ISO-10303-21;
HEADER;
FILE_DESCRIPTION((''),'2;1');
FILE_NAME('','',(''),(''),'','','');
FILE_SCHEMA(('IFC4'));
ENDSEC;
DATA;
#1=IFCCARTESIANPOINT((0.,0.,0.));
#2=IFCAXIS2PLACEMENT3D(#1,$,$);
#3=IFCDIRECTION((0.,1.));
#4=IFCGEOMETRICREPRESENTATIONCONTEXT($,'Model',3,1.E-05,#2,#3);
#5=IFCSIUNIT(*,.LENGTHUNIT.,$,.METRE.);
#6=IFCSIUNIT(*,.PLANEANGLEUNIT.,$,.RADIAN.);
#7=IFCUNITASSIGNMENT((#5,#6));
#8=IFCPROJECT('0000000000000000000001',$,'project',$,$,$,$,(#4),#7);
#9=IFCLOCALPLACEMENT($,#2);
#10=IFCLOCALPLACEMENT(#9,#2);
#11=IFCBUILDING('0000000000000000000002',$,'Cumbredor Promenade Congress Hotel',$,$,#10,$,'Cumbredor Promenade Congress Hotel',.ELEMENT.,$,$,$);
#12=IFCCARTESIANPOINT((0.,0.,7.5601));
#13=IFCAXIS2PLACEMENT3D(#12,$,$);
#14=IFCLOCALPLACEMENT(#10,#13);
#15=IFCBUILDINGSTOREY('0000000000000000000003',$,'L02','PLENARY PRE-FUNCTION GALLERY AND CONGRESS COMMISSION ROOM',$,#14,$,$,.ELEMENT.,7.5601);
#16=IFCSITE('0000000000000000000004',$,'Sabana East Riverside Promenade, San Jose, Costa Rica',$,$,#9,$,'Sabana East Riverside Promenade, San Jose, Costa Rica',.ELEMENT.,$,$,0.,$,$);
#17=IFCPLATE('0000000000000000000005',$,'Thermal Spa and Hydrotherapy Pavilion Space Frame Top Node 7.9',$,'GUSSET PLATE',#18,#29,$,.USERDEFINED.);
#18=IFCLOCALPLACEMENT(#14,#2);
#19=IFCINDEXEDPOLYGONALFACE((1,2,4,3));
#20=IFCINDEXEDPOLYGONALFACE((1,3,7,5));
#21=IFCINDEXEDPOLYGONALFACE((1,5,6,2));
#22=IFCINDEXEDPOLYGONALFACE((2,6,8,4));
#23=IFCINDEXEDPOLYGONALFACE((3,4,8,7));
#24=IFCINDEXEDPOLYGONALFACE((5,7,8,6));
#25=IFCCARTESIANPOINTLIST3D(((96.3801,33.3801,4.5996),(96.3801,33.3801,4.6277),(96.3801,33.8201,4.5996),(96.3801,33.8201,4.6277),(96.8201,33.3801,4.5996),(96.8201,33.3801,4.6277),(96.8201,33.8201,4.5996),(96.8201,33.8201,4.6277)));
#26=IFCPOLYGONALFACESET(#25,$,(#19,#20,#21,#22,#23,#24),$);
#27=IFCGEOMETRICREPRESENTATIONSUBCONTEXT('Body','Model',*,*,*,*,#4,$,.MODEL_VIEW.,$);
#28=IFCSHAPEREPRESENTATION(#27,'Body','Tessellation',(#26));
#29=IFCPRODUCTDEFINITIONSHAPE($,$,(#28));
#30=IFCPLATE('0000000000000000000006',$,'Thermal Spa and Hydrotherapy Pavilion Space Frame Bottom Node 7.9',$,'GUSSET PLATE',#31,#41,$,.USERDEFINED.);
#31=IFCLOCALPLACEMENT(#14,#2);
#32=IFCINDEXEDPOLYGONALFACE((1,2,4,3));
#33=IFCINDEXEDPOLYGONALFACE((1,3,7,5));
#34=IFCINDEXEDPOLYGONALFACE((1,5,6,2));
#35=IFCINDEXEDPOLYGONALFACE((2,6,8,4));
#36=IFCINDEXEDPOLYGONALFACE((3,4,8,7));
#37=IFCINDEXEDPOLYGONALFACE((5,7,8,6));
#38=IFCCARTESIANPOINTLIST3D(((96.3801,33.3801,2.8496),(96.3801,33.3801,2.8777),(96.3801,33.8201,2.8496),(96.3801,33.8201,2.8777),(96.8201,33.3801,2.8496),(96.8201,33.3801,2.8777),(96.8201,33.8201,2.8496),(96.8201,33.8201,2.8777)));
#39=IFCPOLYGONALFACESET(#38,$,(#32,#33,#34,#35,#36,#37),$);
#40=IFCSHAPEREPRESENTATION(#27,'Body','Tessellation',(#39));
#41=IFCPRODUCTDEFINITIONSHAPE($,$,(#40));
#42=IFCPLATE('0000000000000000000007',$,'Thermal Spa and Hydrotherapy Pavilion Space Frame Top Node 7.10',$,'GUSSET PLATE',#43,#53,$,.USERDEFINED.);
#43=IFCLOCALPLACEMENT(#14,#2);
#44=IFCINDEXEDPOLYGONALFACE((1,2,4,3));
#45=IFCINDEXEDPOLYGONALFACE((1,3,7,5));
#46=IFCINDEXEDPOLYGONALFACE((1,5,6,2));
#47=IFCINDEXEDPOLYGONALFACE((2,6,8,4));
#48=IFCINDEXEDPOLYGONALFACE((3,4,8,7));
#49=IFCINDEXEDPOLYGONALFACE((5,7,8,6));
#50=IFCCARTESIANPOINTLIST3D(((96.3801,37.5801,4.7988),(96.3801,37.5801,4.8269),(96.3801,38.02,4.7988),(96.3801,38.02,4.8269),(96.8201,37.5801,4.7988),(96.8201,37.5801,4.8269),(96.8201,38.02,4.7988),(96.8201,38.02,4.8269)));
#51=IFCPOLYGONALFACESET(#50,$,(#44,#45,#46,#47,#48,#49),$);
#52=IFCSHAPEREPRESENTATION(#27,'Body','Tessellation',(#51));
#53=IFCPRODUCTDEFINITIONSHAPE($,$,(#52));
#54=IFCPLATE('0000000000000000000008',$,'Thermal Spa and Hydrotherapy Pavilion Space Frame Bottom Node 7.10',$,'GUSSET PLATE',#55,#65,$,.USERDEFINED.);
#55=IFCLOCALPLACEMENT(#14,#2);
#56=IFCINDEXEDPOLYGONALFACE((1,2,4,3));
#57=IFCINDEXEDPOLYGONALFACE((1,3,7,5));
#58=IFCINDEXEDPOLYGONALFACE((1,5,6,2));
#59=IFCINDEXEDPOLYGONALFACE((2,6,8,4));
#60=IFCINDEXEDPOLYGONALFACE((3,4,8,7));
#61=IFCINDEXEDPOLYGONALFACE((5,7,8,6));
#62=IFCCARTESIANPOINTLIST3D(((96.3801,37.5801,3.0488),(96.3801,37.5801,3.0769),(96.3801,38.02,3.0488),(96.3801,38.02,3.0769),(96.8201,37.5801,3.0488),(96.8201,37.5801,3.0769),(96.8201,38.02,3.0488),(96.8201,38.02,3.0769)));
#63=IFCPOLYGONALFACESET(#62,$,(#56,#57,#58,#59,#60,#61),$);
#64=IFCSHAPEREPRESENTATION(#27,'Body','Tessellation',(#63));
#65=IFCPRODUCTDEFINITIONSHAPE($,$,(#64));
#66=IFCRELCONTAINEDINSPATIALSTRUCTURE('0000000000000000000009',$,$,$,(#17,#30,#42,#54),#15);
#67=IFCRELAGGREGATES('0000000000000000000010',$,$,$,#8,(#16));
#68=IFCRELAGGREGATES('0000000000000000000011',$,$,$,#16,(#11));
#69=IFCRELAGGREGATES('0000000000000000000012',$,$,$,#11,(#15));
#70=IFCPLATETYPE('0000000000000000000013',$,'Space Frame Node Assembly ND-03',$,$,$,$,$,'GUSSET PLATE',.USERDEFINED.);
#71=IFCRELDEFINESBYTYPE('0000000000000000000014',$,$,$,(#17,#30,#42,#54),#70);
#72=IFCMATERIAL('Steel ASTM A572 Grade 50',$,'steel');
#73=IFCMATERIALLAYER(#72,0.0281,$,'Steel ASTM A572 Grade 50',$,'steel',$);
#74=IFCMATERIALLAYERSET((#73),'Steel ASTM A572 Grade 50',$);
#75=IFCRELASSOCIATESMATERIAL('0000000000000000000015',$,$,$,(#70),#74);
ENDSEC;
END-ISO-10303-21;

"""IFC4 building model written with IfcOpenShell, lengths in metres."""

from ifc_helpers import new_model, si_unit, direction, frame, origin, origin_2d, place, context, subcontext, project, spatial, rectangle, extrude, material, layer, layer_set, type_object, element, save


model = new_model("IFC4")

# Units and contexts
model_context = context("Model", 3, precision=1e-05, world=origin(), true_north=direction((0.0, 1.0)))
body_context = subcontext(model_context, "Body", "Model", "MODEL_VIEW")
ifc_project = project(units=[si_unit("LENGTHUNIT", "METRE"), si_unit("PLANEANGLEUNIT", "RADIAN")], contexts=[model_context])

# Site, building, storey
site_placement = place(None, origin())
site = spatial("IfcSite", under=ifc_project, at=site_placement, Name="Sabana East Riverside Promenade, San Jose, Costa Rica", LongName="Sabana East Riverside Promenade, San Jose, Costa Rica", CompositionType="ELEMENT", RefElevation=0.0)
building_placement = place(site_placement, origin())
building = spatial("IfcBuilding", under=site, at=building_placement, Name="Cumbredor Promenade Congress Hotel", LongName="Cumbredor Promenade Congress Hotel", CompositionType="ELEMENT")
storey_placement = place(building_placement, frame((0.0, 0.0, 7.5601)))
storey = spatial("IfcBuildingStorey", under=building, at=storey_placement, Name="L02", Description="PLENARY PRE-FUNCTION GALLERY AND CONGRESS COMMISSION ROOM", CompositionType="ELEMENT", Elevation=7.5601)

# Plates
ifc_material_1 = material(Name="Steel ASTM A572 Grade 50", Category="steel")
ifc_layer = layer(ifc_material_1, 0.0281, Name="Steel ASTM A572 Grade 50", Category="steel")
ifc_layer_set = layer_set([ifc_layer], Name="Steel ASTM A572 Grade 50")
plate_type = type_object("IfcPlateType", Name="Space Frame Node Assembly ND-03", ElementType="GUSSET PLATE", PredefinedType="USERDEFINED", material=ifc_layer_set)
for number, where, z_axis, x_axis, name in (
    (1, (96.6001, 33.6001, 4.5996), (0.0, 0.0, 1.0), (1.0, 0.0, 0.0), "Thermal Spa and Hydrotherapy Pavilion Space Frame Top Node 7.9"),
    (2, (96.6001, 33.6001, 2.8496), (0.0, 0.0, 1.0), (1.0, 0.0, 0.0), "Thermal Spa and Hydrotherapy Pavilion Space Frame Bottom Node 7.9"),
    (3, (96.6001, 37.8, 4.7988), (0.0, 0.0, 1.0), (1.0, 0.0, 0.0), "Thermal Spa and Hydrotherapy Pavilion Space Frame Top Node 7.10"),
    (4, (96.6001, 37.8, 3.0488), (0.0, 0.0, 1.0), (1.0, 0.0, 0.0), "Thermal Spa and Hydrotherapy Pavilion Space Frame Bottom Node 7.10"),
):
    element("IfcPlate", number, at=place(storey_placement, frame(where, z_axis=z_axis, x_axis=x_axis)), inside=storey, type_object=plate_type, Name=name, ObjectType="GUSSET PLATE", PredefinedType="USERDEFINED", context=body_context, shape_type="SweptSolid", body=[
        extrude(rectangle(XDim=0.4399, YDim=0.4399, at=origin_2d()), origin(), (0.0, 0.0, 1.0), 0.0281),
    ])

save(model, "model.ifc")
